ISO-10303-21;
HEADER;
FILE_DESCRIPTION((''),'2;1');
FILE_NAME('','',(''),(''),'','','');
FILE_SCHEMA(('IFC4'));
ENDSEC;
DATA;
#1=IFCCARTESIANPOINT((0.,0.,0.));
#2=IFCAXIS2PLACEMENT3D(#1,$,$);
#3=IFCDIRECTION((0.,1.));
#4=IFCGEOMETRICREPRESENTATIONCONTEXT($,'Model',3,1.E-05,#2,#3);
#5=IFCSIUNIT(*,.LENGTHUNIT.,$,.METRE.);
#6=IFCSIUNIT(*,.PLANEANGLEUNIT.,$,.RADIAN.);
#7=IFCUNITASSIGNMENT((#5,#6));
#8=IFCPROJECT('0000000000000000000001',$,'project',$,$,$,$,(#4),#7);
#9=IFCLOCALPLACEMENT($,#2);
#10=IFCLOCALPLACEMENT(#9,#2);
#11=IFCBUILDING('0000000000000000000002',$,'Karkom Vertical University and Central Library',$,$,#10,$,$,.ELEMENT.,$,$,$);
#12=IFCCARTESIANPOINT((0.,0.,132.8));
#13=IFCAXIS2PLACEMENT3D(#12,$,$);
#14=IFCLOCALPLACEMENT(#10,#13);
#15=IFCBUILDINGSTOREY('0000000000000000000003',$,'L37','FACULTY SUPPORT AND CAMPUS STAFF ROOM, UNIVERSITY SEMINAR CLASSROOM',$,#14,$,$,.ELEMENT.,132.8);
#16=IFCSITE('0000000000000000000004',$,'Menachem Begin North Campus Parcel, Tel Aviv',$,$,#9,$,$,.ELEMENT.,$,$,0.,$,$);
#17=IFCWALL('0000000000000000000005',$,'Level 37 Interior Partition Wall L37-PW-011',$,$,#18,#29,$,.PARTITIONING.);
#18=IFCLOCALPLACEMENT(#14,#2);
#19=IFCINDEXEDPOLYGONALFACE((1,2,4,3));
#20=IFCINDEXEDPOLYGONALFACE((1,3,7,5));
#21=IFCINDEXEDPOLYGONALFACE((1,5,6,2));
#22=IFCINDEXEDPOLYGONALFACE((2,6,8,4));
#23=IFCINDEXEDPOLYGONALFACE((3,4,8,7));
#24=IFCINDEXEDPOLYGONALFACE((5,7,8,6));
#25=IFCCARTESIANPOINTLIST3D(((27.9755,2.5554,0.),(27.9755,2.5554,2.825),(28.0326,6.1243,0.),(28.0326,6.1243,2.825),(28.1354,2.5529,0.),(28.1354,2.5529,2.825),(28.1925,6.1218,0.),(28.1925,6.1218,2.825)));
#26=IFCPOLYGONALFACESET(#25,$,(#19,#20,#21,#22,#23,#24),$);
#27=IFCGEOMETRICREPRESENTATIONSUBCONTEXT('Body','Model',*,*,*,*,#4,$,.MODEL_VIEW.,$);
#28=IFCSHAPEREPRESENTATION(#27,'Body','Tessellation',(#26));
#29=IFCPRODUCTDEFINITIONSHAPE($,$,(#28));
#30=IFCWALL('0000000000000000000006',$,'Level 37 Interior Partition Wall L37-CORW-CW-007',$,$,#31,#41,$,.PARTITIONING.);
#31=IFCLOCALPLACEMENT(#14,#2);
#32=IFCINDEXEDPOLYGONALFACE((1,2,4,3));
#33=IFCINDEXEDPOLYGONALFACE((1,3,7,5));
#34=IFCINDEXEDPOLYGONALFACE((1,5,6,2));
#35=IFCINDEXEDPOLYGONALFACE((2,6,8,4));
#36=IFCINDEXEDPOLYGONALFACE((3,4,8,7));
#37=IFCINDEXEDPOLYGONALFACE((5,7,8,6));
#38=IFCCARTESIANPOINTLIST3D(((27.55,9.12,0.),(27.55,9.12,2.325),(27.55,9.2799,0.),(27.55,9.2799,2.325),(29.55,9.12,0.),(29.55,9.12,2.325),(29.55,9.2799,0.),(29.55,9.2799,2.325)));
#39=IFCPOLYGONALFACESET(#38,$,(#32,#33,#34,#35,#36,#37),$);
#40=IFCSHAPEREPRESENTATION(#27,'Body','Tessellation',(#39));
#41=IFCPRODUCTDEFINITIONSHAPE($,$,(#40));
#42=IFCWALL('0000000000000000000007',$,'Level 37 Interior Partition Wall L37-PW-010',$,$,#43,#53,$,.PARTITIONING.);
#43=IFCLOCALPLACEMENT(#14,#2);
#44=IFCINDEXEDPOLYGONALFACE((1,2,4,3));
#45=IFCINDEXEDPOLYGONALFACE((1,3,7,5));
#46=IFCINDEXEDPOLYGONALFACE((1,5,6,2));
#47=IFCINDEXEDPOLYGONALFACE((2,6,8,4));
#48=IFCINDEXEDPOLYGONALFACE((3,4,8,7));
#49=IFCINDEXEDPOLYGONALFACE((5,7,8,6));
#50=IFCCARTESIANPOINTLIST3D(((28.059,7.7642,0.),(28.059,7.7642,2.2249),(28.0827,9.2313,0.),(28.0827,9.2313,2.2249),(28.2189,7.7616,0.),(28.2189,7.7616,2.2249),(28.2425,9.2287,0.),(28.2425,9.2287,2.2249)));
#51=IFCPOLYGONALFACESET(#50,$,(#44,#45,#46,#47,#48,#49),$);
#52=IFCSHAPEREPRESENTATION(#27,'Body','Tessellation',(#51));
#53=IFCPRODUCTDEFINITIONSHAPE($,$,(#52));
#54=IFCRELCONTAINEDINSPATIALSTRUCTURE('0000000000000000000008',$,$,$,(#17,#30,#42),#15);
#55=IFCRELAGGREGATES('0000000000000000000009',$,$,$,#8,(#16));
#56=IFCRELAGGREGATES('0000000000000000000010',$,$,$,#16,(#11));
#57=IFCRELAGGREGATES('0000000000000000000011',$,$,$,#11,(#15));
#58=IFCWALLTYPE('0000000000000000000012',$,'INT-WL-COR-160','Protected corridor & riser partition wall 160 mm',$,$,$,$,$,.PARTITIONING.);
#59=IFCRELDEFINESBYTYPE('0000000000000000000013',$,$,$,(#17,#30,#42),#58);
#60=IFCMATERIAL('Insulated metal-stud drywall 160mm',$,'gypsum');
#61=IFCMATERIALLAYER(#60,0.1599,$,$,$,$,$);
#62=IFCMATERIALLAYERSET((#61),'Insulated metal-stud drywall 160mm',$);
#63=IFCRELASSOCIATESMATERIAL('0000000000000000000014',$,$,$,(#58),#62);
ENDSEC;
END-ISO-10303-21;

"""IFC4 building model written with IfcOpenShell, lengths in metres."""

from ifc_helpers import new_model, si_unit, direction, frame, frame_2d, origin, place, context, subcontext, project, spatial, rectangle, extrude, material, layer, layer_set, type_object, element, save


model = new_model("IFC4")

# Units and contexts
model_context = context("Model", 3, precision=1e-05, world=origin(), true_north=direction((0.0, 1.0)))
body_context = subcontext(model_context, "Body", "Model", "MODEL_VIEW")
ifc_project = project(units=[si_unit("LENGTHUNIT", "METRE"), si_unit("PLANEANGLEUNIT", "RADIAN")], contexts=[model_context])

# Site, building, storey
site_placement = place(None, origin())
site = spatial("IfcSite", under=ifc_project, at=site_placement, Name="Menachem Begin North Campus Parcel, Tel Aviv", CompositionType="ELEMENT", RefElevation=0.0)
building_placement = place(site_placement, origin())
building = spatial("IfcBuilding", under=site, at=building_placement, Name="Karkom Vertical University and Central Library", CompositionType="ELEMENT")
storey_placement = place(building_placement, frame((0.0, 0.0, 132.8)))
storey = spatial("IfcBuildingStorey", under=building, at=storey_placement, Name="L37", Description="FACULTY SUPPORT AND CAMPUS STAFF ROOM, UNIVERSITY SEMINAR CLASSROOM", CompositionType="ELEMENT", Elevation=132.8)

# Shared definitions
ifc_material_1 = material(Name="Insulated metal-stud drywall 160mm", Category="gypsum")
ifc_layer = layer(ifc_material_1, 0.1599)
ifc_layer_set = layer_set([ifc_layer], Name="Insulated metal-stud drywall 160mm")
wall_type = type_object("IfcWallType", Name="INT-WL-COR-160", Description="Protected corridor & riser partition wall 160 mm", PredefinedType="PARTITIONING", material=ifc_layer_set)

# Walls
wall_1_placement = place(storey_placement, frame((28.1125, 6.123, 0.0), z_axis=(0.0, 0.0, 1.0), x_axis=(-0.016006, -0.999872, 0.0)))
element("IfcWall", 1, at=wall_1_placement, inside=storey, type_object=wall_type, Name="Level 37 Interior Partition Wall L37-PW-011", PredefinedType="PARTITIONING", context=body_context, shape_type="SweptSolid", body=[
    extrude(rectangle(XDim=3.5693, YDim=0.1599, at=frame_2d((1.7847, 0.0))), origin(), (0.0, 0.0, 1.0), 2.825),
])
wall_2_placement = place(storey_placement, frame((29.55, 9.2, 0.0), z_axis=(0.0, 0.0, 1.0), x_axis=(-1.0, 0.0, 0.0)))
element("IfcWall", 2, at=wall_2_placement, inside=storey, type_object=wall_type, Name="Level 37 Interior Partition Wall L37-CORW-CW-007", PredefinedType="PARTITIONING", context=body_context, shape_type="SweptSolid", body=[
    extrude(rectangle(XDim=2.0, YDim=0.1599, at=frame_2d((1.0, 0.0))), origin(), (0.0, 0.0, 1.0), 2.325),
])
wall_3_placement = place(storey_placement, frame((28.1626, 9.23, 0.0), z_axis=(0.0, 0.0, 1.0), x_axis=(-0.01614, -0.99987, 0.0)))
element("IfcWall", 3, at=wall_3_placement, inside=storey, type_object=wall_type, Name="Level 37 Interior Partition Wall L37-PW-010", PredefinedType="PARTITIONING", context=body_context, shape_type="SweptSolid", body=[
    extrude(rectangle(XDim=1.4673, YDim=0.1599, at=frame_2d((0.7336, 0.0))), origin(), (0.0, 0.0, 1.0), 2.2249),
])

save(model, "model.ifc")
